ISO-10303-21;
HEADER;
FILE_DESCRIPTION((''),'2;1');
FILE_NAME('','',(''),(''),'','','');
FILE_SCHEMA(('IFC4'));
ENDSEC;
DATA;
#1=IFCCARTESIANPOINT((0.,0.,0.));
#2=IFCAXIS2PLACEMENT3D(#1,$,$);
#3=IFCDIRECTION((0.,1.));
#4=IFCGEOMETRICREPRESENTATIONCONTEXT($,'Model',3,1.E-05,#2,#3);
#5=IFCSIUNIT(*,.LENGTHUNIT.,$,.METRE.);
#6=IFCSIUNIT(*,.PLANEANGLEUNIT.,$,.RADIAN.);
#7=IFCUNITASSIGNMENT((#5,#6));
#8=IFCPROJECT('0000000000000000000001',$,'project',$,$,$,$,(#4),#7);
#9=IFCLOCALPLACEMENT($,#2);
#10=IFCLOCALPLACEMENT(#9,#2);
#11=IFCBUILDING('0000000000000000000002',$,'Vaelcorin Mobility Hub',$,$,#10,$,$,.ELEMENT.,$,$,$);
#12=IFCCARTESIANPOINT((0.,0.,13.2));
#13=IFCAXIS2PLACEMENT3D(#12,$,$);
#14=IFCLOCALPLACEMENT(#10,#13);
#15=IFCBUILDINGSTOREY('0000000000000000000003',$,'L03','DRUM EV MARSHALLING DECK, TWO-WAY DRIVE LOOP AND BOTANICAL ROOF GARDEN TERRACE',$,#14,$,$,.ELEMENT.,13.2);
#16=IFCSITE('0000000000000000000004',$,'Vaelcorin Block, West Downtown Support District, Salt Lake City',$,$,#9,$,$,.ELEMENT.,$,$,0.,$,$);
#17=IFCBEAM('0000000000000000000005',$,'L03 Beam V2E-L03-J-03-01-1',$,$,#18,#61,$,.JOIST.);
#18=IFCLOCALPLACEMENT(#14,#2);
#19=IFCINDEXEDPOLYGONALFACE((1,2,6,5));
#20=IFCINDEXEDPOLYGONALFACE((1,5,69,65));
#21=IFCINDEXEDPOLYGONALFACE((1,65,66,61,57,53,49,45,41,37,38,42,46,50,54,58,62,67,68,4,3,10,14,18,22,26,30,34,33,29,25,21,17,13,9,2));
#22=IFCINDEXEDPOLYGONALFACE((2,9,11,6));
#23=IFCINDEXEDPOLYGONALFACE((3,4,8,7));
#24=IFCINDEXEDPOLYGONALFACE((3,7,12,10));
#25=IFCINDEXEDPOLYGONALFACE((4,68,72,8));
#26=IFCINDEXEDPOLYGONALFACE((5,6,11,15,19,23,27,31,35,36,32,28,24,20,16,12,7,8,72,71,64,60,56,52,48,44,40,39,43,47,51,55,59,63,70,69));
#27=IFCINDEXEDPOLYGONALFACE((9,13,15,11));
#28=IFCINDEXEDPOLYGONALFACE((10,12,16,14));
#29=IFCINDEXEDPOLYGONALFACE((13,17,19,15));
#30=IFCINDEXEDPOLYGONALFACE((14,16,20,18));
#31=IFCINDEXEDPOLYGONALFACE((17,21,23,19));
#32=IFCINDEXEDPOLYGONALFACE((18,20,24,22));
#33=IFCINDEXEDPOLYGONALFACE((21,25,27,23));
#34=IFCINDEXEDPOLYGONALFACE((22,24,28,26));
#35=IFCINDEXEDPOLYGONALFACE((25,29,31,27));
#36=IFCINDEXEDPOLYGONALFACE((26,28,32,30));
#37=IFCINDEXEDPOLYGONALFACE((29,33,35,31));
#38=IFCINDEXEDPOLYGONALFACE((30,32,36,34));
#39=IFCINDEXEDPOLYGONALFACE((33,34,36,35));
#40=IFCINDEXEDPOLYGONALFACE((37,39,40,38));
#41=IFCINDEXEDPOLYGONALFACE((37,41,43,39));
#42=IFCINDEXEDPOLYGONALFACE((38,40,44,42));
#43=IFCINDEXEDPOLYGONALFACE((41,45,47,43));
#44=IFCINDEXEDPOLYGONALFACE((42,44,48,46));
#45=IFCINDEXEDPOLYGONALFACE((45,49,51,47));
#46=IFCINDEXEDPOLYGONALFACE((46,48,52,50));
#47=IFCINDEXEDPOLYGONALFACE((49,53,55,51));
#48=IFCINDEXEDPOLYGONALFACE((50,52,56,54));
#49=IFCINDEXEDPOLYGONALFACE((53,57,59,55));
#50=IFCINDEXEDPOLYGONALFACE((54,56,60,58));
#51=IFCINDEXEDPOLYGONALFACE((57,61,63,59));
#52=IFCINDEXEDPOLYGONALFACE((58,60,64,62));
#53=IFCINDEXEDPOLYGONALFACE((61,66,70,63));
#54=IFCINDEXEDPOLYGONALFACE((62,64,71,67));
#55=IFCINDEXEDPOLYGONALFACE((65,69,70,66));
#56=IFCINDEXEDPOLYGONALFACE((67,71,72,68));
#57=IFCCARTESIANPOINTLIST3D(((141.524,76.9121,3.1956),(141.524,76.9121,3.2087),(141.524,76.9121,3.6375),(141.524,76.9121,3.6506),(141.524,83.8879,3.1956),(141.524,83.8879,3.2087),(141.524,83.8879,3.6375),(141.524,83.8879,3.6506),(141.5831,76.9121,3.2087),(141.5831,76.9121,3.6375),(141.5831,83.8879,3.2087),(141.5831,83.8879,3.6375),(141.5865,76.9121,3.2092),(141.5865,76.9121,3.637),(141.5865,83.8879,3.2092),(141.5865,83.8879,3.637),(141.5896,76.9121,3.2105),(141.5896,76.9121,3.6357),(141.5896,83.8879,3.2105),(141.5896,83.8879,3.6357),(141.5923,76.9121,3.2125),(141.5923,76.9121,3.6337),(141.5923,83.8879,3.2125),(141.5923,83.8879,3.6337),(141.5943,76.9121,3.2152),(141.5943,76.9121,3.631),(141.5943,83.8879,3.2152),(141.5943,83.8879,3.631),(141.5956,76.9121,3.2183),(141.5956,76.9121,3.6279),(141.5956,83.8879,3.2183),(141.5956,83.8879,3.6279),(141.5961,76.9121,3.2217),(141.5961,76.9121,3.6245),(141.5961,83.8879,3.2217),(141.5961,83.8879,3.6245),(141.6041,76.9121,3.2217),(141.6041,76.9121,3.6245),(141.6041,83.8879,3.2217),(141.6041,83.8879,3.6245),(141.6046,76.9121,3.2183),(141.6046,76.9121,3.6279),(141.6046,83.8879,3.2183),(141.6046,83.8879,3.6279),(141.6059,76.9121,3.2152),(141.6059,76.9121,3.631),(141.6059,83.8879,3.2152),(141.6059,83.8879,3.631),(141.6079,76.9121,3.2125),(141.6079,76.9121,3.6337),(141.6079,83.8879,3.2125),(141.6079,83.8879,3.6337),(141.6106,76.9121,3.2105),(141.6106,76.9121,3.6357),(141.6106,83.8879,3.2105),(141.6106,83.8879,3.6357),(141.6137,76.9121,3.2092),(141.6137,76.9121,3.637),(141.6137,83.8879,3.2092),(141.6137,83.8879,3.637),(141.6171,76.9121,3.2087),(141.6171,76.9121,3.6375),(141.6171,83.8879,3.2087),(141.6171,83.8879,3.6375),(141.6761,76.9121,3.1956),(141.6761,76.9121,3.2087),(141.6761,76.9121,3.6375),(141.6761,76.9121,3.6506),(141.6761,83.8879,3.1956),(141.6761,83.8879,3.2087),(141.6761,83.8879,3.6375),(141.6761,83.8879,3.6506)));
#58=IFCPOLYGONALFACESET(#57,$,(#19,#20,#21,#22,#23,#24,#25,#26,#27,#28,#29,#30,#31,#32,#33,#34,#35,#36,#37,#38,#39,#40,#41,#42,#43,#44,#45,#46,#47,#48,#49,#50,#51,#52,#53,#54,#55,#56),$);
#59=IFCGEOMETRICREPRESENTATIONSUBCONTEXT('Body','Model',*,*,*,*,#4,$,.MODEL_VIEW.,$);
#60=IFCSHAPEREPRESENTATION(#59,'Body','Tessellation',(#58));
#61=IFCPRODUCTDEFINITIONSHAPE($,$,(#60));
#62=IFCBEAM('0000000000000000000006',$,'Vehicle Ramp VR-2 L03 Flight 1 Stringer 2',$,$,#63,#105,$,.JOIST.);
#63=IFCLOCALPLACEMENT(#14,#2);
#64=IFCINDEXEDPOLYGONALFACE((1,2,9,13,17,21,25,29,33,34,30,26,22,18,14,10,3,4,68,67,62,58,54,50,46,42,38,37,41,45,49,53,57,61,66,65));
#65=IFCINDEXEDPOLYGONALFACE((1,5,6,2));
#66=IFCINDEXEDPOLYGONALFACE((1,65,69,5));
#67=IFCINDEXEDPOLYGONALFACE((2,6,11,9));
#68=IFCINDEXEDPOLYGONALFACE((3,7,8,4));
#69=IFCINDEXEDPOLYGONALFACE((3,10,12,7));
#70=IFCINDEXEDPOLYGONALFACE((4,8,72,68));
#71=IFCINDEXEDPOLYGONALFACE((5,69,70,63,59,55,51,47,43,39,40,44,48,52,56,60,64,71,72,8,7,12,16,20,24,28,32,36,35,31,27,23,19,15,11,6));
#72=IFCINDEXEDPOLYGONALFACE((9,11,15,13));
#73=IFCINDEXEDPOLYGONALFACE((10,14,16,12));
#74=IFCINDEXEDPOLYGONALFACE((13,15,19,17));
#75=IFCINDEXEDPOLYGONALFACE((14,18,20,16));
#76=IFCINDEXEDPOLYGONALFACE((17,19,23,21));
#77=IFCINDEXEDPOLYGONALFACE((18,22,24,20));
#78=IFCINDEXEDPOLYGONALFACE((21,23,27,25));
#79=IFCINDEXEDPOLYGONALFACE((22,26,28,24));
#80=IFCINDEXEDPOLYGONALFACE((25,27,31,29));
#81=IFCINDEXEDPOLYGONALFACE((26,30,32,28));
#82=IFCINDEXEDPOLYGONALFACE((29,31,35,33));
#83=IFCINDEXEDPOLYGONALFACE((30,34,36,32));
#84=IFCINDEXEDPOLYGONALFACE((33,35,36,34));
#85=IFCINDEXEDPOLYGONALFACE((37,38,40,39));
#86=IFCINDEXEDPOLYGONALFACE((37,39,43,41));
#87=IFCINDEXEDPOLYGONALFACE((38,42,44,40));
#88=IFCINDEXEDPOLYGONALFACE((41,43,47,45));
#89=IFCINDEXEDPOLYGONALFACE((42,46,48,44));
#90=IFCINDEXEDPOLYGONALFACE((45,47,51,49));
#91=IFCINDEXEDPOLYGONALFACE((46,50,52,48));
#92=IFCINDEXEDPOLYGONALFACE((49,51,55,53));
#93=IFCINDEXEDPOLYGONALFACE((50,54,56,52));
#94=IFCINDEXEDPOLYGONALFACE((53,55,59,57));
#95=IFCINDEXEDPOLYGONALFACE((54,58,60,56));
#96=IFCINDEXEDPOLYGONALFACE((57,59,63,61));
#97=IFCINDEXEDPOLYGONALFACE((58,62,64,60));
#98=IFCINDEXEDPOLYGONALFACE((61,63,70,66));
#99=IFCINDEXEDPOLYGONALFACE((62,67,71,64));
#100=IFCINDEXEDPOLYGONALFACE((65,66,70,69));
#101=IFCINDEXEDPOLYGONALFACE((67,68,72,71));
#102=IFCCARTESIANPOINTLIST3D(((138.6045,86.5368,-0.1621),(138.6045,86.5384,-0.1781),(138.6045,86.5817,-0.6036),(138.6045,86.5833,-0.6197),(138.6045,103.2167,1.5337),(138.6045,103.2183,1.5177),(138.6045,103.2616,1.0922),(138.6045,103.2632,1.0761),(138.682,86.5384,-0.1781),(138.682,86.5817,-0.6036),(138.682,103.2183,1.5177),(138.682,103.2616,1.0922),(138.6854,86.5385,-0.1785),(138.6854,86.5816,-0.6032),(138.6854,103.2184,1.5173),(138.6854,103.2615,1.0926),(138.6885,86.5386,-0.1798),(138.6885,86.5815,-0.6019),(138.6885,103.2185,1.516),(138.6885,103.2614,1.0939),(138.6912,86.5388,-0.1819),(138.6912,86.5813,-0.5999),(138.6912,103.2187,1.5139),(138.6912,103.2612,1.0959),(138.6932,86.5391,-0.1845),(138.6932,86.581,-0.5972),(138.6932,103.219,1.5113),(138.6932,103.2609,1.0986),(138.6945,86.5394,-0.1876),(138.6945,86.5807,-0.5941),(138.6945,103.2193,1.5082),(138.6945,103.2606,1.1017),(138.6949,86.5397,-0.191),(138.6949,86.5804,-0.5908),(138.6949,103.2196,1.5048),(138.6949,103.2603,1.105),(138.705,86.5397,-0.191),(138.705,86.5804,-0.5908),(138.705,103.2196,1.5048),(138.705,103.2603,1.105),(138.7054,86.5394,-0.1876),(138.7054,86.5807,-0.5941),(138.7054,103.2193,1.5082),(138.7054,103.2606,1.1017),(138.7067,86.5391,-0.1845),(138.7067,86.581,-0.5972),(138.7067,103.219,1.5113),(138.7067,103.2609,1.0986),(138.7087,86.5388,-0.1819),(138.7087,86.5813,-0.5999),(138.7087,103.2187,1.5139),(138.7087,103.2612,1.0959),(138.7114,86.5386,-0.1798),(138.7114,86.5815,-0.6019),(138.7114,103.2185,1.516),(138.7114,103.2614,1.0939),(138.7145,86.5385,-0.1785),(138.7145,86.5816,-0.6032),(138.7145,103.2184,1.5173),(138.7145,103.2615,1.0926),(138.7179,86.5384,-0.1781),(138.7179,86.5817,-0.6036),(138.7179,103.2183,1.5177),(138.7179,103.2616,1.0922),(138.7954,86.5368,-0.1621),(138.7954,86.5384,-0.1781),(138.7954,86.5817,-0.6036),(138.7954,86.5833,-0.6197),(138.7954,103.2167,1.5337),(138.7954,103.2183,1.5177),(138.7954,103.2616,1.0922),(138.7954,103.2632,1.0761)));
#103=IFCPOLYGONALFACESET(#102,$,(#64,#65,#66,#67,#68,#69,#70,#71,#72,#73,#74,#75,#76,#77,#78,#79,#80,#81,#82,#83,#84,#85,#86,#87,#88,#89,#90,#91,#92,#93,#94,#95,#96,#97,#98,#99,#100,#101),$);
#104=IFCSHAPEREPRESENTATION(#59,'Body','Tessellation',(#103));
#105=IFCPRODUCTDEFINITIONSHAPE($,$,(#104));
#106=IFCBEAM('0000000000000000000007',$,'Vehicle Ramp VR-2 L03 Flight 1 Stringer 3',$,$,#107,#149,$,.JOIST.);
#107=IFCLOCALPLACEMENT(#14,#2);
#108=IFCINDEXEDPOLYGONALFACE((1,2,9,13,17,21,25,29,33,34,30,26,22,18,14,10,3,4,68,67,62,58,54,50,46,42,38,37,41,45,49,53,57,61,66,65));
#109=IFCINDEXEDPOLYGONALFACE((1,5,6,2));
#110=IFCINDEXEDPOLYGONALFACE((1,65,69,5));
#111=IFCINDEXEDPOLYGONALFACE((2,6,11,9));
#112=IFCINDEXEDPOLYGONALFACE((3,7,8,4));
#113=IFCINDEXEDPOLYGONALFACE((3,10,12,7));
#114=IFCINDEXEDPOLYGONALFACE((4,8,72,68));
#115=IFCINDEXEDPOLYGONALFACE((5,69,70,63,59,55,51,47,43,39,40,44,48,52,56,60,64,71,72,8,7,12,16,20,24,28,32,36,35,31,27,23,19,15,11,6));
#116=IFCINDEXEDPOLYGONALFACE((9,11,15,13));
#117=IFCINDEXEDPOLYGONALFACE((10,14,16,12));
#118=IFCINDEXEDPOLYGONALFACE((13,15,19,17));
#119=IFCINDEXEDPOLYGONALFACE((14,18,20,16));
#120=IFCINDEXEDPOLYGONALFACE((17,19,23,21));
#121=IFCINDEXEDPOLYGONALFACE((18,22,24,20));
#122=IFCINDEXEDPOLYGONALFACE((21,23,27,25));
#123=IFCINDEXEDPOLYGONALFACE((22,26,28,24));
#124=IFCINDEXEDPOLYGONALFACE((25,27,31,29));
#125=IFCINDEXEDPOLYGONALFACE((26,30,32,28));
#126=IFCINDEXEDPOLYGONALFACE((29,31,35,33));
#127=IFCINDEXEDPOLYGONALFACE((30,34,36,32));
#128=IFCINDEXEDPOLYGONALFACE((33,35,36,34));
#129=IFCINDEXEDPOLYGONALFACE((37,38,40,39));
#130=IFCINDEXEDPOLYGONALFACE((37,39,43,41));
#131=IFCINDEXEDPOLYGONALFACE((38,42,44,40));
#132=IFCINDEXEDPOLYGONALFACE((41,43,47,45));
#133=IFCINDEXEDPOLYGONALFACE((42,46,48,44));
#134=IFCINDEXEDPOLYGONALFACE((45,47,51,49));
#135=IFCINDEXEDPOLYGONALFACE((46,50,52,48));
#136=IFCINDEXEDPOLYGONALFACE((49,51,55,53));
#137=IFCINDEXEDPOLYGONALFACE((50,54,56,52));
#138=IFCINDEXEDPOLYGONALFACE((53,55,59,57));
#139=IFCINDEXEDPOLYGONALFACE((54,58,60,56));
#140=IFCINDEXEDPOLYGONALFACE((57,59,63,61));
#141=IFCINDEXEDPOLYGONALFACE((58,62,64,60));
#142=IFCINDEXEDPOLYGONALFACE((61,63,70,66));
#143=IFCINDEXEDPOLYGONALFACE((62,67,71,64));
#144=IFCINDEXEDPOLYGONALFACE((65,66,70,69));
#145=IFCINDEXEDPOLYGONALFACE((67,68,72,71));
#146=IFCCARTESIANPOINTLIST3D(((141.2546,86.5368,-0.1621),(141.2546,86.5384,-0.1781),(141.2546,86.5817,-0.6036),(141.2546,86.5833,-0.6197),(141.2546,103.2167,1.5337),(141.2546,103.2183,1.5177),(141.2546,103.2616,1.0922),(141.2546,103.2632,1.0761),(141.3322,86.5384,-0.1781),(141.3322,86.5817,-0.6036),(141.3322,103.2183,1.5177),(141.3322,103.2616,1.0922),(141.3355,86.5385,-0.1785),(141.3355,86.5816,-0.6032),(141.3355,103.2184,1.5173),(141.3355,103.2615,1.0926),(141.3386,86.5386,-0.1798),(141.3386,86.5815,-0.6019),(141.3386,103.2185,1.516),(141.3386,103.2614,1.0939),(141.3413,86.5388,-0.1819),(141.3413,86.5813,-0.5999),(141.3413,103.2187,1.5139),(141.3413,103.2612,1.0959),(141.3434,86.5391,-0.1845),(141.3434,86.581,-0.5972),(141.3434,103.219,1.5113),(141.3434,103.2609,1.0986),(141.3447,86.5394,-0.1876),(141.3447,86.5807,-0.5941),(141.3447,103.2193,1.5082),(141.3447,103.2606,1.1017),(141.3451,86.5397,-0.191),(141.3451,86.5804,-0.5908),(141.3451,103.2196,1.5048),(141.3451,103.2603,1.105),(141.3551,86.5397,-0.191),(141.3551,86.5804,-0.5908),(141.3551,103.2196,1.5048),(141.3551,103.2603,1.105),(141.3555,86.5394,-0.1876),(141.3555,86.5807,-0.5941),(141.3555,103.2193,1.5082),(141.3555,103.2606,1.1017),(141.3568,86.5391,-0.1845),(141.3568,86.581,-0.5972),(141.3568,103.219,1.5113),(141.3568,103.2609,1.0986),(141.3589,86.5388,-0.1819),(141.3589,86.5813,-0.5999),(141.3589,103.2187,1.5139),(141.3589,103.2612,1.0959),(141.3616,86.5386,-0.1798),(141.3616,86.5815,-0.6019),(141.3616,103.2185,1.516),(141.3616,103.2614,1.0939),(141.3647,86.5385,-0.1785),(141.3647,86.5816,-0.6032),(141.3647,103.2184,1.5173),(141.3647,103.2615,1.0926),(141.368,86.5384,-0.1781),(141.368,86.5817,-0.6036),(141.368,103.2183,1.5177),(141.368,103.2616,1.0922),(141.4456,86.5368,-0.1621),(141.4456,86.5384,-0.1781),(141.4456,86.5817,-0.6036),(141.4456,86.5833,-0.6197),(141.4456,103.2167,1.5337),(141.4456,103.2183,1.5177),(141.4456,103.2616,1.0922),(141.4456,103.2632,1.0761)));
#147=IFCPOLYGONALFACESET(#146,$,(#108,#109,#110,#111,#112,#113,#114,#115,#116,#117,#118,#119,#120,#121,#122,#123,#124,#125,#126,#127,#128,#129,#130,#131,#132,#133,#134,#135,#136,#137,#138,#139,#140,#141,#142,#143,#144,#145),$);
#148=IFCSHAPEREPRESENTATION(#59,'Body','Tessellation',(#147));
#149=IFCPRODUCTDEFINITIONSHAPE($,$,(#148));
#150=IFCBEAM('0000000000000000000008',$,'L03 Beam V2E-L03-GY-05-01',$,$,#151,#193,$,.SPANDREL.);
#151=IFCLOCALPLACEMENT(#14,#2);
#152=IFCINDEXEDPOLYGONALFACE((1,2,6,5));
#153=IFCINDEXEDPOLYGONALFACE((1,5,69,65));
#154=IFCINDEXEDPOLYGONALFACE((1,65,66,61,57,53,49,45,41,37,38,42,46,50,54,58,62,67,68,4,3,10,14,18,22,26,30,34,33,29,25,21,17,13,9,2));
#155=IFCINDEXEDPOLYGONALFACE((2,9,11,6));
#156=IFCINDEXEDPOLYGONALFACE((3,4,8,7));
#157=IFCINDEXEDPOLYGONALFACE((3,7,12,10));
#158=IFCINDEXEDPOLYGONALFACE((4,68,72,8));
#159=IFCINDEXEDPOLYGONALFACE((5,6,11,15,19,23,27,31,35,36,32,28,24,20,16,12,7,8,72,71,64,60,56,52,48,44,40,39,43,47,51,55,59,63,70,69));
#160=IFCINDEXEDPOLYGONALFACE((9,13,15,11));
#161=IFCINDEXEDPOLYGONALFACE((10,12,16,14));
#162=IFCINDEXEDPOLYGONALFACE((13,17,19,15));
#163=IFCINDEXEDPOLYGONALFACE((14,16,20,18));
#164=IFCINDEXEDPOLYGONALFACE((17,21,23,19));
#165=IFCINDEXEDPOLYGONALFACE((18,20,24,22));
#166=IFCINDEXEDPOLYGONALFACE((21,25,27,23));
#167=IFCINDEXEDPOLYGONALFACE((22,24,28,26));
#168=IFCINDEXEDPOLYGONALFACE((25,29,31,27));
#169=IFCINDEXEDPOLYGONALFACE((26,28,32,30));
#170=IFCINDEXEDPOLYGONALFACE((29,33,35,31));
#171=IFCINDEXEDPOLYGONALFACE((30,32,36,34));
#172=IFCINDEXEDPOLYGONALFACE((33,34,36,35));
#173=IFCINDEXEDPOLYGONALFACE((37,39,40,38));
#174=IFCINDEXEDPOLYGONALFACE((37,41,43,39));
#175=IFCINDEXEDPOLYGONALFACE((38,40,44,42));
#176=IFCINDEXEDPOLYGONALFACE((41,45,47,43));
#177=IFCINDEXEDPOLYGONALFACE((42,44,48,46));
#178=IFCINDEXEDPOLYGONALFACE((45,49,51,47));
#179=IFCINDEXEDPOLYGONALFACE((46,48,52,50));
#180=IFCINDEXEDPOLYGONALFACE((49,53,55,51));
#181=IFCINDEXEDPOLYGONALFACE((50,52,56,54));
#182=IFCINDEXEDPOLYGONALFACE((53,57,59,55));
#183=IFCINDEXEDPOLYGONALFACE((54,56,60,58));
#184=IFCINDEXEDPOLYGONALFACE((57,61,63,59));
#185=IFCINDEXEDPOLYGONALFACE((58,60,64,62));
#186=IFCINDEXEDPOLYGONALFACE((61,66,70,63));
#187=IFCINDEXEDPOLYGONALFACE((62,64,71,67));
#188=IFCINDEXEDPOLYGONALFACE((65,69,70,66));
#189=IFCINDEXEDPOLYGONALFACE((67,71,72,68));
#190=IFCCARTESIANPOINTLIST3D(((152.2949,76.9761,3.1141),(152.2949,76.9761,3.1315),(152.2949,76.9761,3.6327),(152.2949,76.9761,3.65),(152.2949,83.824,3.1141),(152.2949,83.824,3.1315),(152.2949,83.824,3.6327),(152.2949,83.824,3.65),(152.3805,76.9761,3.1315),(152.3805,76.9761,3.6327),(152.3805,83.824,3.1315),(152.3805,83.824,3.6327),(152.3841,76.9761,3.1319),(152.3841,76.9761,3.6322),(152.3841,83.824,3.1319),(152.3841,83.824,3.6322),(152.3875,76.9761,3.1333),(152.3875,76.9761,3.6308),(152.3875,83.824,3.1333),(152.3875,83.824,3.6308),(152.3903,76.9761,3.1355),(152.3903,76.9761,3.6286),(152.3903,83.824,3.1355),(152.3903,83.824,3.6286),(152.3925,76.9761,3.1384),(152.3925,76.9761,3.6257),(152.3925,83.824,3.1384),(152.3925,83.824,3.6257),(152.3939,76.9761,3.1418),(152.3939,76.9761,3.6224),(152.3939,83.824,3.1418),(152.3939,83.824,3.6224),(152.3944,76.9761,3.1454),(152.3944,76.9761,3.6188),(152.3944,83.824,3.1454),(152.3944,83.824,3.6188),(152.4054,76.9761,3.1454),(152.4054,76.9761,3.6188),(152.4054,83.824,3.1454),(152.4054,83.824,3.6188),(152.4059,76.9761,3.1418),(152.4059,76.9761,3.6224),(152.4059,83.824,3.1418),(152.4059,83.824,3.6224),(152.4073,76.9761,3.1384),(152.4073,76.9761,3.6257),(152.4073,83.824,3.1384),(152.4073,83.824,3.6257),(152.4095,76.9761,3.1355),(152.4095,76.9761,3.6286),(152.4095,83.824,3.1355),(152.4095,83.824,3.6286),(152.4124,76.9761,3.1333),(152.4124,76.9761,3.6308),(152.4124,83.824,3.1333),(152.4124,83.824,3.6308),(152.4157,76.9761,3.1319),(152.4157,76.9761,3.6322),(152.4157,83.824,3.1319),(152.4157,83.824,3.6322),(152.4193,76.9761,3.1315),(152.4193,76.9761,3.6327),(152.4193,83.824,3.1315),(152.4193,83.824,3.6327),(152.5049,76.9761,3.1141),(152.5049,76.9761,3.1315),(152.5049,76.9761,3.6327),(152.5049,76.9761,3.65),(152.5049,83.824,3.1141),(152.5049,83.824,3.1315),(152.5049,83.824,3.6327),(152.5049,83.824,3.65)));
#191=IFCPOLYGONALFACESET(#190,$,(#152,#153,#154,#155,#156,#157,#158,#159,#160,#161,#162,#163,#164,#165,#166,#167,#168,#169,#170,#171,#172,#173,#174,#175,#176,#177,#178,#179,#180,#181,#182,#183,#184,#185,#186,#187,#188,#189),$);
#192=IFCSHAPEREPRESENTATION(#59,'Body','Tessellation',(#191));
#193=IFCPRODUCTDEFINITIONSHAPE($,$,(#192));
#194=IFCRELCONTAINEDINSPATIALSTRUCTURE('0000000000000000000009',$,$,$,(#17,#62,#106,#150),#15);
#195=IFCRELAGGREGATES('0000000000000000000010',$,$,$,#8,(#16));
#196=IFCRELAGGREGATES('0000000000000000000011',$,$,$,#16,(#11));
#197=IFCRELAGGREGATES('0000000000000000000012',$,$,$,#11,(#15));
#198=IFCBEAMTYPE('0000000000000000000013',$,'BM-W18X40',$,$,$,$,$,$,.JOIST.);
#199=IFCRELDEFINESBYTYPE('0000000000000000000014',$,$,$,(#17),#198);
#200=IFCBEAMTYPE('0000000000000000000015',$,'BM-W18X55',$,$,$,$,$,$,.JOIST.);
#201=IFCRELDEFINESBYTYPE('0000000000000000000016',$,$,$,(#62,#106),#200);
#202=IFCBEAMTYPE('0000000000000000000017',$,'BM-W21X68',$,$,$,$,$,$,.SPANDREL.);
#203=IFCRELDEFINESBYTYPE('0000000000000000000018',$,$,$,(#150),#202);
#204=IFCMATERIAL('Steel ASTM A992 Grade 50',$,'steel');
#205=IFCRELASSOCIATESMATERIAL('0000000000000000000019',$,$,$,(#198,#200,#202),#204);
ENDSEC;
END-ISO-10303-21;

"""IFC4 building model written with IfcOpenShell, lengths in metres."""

from ifc_helpers import new_model, si_unit, direction, frame, origin, origin_2d, place, context, subcontext, project, spatial, i_section, extrude, material, material_profile, profile_set, type_object, element, save


model = new_model("IFC4")

# Units and contexts
model_context = context("Model", 3, precision=1e-05, world=origin(), true_north=direction((0.0, 1.0)))
body_context = subcontext(model_context, "Body", "Model", "MODEL_VIEW")
ifc_project = project(units=[si_unit("LENGTHUNIT", "METRE"), si_unit("PLANEANGLEUNIT", "RADIAN")], contexts=[model_context])

# Site, building, storey
site_placement = place(None, origin())
site = spatial("IfcSite", under=ifc_project, at=site_placement, Name="Vaelcorin Block, West Downtown Support District, Salt Lake City", CompositionType="ELEMENT", RefElevation=0.0)
building_placement = place(site_placement, origin())
building = spatial("IfcBuilding", under=site, at=building_placement, Name="Vaelcorin Mobility Hub", CompositionType="ELEMENT")
storey_placement = place(building_placement, frame((0.0, 0.0, 13.2)))
storey = spatial("IfcBuildingStorey", under=building, at=storey_placement, Name="L03", Description="DRUM EV MARSHALLING DECK, TWO-WAY DRIVE LOOP AND BOTANICAL ROOF GARDEN TERRACE", CompositionType="ELEMENT", Elevation=13.2)

# Shared definitions
ifc_material_1 = material(Name="Steel ASTM A992 Grade 50", Category="steel")

# Beams
ifc_material_profile_1 = material_profile(ifc_material_1, i_section(OverallWidth=0.1521, OverallDepth=0.4551, WebThickness=0.0081, FlangeThickness=0.0132, FilletRadius=0.0129, at=origin_2d()), Name="W18X40")
ifc_profile_set_1 = profile_set([ifc_material_profile_1], Name="Steel ASTM A992 Grade 50")
beam_type_1 = type_object("IfcBeamType", Name="BM-W18X40", PredefinedType="JOIST", material=ifc_profile_set_1)
beam_1_placement = place(storey_placement, frame((141.6001, 76.9121, 3.4231), z_axis=(0.0, 1.0, 0.0), x_axis=(-1.0, 0.0, 0.0)))
element("IfcBeam", 1, at=beam_1_placement, inside=storey, type_object=beam_type_1, Name="L03 Beam V2E-L03-J-03-01-1", PredefinedType="JOIST", context=body_context, shape_type="SweptSolid", body=[
    extrude(i_section(OverallWidth=0.1521, OverallDepth=0.4551, WebThickness=0.0081, FlangeThickness=0.0132, FilletRadius=0.0129, at=origin_2d()), origin(), (0.0, 0.0, 1.0), 6.9758),
])
ifc_material_profile_2 = material_profile(ifc_material_1, i_section(OverallWidth=0.1909, OverallDepth=0.46, WebThickness=0.01, FlangeThickness=0.0161, FilletRadius=0.0129, at=origin_2d()), Name="W18X55")
ifc_profile_set_2 = profile_set([ifc_material_profile_2], Name="Steel ASTM A992 Grade 50")
beam_type_2 = type_object("IfcBeamType", Name="BM-W18X55", PredefinedType="JOIST", material=ifc_profile_set_2)
for number, where, z_axis, x_axis, name in (
    (2, (138.7, 86.5601, -0.3909), (0.0, 0.994872, 0.101146), (-1.0, 0.0, 0.0), "Vehicle Ramp VR-2 L03 Flight 1 Stringer 2"),
    (3, (141.3501, 86.5601, -0.3909), (0.0, 0.994872, 0.101146), (-1.0, 0.0, 0.0), "Vehicle Ramp VR-2 L03 Flight 1 Stringer 3"),
):
    element("IfcBeam", number, at=place(storey_placement, frame(where, z_axis=z_axis, x_axis=x_axis)), inside=storey, type_object=beam_type_2, Name=name, PredefinedType="JOIST", context=body_context, shape_type="SweptSolid", body=[
        extrude(i_section(OverallWidth=0.1909, OverallDepth=0.46, WebThickness=0.01, FlangeThickness=0.0161, FilletRadius=0.0129, at=origin_2d()), origin(), (0.0, 0.0, 1.0), 16.7659),
    ])
ifc_material_profile_3 = material_profile(ifc_material_1, i_section(OverallWidth=0.21, OverallDepth=0.5359, WebThickness=0.011, FlangeThickness=0.0173, FilletRadius=0.0139, at=origin_2d()), Name="W21X68")
ifc_profile_set_3 = profile_set([ifc_material_profile_3], Name="Steel ASTM A992 Grade 50")
beam_type_3 = type_object("IfcBeamType", Name="BM-W21X68", PredefinedType="SPANDREL", material=ifc_profile_set_3)
beam_2_placement = place(storey_placement, frame((152.3999, 76.9761, 3.3821), z_axis=(0.0, 1.0, 0.0), x_axis=(-1.0, 0.0, 0.0)))
element("IfcBeam", 4, at=beam_2_placement, inside=storey, type_object=beam_type_3, Name="L03 Beam V2E-L03-GY-05-01", PredefinedType="SPANDREL", context=body_context, shape_type="SweptSolid", body=[
    extrude(i_section(OverallWidth=0.21, OverallDepth=0.5359, WebThickness=0.011, FlangeThickness=0.0173, FilletRadius=0.0139, at=origin_2d()), origin(), (0.0, 0.0, 1.0), 6.8479),
])

save(model, "model.ifc")
